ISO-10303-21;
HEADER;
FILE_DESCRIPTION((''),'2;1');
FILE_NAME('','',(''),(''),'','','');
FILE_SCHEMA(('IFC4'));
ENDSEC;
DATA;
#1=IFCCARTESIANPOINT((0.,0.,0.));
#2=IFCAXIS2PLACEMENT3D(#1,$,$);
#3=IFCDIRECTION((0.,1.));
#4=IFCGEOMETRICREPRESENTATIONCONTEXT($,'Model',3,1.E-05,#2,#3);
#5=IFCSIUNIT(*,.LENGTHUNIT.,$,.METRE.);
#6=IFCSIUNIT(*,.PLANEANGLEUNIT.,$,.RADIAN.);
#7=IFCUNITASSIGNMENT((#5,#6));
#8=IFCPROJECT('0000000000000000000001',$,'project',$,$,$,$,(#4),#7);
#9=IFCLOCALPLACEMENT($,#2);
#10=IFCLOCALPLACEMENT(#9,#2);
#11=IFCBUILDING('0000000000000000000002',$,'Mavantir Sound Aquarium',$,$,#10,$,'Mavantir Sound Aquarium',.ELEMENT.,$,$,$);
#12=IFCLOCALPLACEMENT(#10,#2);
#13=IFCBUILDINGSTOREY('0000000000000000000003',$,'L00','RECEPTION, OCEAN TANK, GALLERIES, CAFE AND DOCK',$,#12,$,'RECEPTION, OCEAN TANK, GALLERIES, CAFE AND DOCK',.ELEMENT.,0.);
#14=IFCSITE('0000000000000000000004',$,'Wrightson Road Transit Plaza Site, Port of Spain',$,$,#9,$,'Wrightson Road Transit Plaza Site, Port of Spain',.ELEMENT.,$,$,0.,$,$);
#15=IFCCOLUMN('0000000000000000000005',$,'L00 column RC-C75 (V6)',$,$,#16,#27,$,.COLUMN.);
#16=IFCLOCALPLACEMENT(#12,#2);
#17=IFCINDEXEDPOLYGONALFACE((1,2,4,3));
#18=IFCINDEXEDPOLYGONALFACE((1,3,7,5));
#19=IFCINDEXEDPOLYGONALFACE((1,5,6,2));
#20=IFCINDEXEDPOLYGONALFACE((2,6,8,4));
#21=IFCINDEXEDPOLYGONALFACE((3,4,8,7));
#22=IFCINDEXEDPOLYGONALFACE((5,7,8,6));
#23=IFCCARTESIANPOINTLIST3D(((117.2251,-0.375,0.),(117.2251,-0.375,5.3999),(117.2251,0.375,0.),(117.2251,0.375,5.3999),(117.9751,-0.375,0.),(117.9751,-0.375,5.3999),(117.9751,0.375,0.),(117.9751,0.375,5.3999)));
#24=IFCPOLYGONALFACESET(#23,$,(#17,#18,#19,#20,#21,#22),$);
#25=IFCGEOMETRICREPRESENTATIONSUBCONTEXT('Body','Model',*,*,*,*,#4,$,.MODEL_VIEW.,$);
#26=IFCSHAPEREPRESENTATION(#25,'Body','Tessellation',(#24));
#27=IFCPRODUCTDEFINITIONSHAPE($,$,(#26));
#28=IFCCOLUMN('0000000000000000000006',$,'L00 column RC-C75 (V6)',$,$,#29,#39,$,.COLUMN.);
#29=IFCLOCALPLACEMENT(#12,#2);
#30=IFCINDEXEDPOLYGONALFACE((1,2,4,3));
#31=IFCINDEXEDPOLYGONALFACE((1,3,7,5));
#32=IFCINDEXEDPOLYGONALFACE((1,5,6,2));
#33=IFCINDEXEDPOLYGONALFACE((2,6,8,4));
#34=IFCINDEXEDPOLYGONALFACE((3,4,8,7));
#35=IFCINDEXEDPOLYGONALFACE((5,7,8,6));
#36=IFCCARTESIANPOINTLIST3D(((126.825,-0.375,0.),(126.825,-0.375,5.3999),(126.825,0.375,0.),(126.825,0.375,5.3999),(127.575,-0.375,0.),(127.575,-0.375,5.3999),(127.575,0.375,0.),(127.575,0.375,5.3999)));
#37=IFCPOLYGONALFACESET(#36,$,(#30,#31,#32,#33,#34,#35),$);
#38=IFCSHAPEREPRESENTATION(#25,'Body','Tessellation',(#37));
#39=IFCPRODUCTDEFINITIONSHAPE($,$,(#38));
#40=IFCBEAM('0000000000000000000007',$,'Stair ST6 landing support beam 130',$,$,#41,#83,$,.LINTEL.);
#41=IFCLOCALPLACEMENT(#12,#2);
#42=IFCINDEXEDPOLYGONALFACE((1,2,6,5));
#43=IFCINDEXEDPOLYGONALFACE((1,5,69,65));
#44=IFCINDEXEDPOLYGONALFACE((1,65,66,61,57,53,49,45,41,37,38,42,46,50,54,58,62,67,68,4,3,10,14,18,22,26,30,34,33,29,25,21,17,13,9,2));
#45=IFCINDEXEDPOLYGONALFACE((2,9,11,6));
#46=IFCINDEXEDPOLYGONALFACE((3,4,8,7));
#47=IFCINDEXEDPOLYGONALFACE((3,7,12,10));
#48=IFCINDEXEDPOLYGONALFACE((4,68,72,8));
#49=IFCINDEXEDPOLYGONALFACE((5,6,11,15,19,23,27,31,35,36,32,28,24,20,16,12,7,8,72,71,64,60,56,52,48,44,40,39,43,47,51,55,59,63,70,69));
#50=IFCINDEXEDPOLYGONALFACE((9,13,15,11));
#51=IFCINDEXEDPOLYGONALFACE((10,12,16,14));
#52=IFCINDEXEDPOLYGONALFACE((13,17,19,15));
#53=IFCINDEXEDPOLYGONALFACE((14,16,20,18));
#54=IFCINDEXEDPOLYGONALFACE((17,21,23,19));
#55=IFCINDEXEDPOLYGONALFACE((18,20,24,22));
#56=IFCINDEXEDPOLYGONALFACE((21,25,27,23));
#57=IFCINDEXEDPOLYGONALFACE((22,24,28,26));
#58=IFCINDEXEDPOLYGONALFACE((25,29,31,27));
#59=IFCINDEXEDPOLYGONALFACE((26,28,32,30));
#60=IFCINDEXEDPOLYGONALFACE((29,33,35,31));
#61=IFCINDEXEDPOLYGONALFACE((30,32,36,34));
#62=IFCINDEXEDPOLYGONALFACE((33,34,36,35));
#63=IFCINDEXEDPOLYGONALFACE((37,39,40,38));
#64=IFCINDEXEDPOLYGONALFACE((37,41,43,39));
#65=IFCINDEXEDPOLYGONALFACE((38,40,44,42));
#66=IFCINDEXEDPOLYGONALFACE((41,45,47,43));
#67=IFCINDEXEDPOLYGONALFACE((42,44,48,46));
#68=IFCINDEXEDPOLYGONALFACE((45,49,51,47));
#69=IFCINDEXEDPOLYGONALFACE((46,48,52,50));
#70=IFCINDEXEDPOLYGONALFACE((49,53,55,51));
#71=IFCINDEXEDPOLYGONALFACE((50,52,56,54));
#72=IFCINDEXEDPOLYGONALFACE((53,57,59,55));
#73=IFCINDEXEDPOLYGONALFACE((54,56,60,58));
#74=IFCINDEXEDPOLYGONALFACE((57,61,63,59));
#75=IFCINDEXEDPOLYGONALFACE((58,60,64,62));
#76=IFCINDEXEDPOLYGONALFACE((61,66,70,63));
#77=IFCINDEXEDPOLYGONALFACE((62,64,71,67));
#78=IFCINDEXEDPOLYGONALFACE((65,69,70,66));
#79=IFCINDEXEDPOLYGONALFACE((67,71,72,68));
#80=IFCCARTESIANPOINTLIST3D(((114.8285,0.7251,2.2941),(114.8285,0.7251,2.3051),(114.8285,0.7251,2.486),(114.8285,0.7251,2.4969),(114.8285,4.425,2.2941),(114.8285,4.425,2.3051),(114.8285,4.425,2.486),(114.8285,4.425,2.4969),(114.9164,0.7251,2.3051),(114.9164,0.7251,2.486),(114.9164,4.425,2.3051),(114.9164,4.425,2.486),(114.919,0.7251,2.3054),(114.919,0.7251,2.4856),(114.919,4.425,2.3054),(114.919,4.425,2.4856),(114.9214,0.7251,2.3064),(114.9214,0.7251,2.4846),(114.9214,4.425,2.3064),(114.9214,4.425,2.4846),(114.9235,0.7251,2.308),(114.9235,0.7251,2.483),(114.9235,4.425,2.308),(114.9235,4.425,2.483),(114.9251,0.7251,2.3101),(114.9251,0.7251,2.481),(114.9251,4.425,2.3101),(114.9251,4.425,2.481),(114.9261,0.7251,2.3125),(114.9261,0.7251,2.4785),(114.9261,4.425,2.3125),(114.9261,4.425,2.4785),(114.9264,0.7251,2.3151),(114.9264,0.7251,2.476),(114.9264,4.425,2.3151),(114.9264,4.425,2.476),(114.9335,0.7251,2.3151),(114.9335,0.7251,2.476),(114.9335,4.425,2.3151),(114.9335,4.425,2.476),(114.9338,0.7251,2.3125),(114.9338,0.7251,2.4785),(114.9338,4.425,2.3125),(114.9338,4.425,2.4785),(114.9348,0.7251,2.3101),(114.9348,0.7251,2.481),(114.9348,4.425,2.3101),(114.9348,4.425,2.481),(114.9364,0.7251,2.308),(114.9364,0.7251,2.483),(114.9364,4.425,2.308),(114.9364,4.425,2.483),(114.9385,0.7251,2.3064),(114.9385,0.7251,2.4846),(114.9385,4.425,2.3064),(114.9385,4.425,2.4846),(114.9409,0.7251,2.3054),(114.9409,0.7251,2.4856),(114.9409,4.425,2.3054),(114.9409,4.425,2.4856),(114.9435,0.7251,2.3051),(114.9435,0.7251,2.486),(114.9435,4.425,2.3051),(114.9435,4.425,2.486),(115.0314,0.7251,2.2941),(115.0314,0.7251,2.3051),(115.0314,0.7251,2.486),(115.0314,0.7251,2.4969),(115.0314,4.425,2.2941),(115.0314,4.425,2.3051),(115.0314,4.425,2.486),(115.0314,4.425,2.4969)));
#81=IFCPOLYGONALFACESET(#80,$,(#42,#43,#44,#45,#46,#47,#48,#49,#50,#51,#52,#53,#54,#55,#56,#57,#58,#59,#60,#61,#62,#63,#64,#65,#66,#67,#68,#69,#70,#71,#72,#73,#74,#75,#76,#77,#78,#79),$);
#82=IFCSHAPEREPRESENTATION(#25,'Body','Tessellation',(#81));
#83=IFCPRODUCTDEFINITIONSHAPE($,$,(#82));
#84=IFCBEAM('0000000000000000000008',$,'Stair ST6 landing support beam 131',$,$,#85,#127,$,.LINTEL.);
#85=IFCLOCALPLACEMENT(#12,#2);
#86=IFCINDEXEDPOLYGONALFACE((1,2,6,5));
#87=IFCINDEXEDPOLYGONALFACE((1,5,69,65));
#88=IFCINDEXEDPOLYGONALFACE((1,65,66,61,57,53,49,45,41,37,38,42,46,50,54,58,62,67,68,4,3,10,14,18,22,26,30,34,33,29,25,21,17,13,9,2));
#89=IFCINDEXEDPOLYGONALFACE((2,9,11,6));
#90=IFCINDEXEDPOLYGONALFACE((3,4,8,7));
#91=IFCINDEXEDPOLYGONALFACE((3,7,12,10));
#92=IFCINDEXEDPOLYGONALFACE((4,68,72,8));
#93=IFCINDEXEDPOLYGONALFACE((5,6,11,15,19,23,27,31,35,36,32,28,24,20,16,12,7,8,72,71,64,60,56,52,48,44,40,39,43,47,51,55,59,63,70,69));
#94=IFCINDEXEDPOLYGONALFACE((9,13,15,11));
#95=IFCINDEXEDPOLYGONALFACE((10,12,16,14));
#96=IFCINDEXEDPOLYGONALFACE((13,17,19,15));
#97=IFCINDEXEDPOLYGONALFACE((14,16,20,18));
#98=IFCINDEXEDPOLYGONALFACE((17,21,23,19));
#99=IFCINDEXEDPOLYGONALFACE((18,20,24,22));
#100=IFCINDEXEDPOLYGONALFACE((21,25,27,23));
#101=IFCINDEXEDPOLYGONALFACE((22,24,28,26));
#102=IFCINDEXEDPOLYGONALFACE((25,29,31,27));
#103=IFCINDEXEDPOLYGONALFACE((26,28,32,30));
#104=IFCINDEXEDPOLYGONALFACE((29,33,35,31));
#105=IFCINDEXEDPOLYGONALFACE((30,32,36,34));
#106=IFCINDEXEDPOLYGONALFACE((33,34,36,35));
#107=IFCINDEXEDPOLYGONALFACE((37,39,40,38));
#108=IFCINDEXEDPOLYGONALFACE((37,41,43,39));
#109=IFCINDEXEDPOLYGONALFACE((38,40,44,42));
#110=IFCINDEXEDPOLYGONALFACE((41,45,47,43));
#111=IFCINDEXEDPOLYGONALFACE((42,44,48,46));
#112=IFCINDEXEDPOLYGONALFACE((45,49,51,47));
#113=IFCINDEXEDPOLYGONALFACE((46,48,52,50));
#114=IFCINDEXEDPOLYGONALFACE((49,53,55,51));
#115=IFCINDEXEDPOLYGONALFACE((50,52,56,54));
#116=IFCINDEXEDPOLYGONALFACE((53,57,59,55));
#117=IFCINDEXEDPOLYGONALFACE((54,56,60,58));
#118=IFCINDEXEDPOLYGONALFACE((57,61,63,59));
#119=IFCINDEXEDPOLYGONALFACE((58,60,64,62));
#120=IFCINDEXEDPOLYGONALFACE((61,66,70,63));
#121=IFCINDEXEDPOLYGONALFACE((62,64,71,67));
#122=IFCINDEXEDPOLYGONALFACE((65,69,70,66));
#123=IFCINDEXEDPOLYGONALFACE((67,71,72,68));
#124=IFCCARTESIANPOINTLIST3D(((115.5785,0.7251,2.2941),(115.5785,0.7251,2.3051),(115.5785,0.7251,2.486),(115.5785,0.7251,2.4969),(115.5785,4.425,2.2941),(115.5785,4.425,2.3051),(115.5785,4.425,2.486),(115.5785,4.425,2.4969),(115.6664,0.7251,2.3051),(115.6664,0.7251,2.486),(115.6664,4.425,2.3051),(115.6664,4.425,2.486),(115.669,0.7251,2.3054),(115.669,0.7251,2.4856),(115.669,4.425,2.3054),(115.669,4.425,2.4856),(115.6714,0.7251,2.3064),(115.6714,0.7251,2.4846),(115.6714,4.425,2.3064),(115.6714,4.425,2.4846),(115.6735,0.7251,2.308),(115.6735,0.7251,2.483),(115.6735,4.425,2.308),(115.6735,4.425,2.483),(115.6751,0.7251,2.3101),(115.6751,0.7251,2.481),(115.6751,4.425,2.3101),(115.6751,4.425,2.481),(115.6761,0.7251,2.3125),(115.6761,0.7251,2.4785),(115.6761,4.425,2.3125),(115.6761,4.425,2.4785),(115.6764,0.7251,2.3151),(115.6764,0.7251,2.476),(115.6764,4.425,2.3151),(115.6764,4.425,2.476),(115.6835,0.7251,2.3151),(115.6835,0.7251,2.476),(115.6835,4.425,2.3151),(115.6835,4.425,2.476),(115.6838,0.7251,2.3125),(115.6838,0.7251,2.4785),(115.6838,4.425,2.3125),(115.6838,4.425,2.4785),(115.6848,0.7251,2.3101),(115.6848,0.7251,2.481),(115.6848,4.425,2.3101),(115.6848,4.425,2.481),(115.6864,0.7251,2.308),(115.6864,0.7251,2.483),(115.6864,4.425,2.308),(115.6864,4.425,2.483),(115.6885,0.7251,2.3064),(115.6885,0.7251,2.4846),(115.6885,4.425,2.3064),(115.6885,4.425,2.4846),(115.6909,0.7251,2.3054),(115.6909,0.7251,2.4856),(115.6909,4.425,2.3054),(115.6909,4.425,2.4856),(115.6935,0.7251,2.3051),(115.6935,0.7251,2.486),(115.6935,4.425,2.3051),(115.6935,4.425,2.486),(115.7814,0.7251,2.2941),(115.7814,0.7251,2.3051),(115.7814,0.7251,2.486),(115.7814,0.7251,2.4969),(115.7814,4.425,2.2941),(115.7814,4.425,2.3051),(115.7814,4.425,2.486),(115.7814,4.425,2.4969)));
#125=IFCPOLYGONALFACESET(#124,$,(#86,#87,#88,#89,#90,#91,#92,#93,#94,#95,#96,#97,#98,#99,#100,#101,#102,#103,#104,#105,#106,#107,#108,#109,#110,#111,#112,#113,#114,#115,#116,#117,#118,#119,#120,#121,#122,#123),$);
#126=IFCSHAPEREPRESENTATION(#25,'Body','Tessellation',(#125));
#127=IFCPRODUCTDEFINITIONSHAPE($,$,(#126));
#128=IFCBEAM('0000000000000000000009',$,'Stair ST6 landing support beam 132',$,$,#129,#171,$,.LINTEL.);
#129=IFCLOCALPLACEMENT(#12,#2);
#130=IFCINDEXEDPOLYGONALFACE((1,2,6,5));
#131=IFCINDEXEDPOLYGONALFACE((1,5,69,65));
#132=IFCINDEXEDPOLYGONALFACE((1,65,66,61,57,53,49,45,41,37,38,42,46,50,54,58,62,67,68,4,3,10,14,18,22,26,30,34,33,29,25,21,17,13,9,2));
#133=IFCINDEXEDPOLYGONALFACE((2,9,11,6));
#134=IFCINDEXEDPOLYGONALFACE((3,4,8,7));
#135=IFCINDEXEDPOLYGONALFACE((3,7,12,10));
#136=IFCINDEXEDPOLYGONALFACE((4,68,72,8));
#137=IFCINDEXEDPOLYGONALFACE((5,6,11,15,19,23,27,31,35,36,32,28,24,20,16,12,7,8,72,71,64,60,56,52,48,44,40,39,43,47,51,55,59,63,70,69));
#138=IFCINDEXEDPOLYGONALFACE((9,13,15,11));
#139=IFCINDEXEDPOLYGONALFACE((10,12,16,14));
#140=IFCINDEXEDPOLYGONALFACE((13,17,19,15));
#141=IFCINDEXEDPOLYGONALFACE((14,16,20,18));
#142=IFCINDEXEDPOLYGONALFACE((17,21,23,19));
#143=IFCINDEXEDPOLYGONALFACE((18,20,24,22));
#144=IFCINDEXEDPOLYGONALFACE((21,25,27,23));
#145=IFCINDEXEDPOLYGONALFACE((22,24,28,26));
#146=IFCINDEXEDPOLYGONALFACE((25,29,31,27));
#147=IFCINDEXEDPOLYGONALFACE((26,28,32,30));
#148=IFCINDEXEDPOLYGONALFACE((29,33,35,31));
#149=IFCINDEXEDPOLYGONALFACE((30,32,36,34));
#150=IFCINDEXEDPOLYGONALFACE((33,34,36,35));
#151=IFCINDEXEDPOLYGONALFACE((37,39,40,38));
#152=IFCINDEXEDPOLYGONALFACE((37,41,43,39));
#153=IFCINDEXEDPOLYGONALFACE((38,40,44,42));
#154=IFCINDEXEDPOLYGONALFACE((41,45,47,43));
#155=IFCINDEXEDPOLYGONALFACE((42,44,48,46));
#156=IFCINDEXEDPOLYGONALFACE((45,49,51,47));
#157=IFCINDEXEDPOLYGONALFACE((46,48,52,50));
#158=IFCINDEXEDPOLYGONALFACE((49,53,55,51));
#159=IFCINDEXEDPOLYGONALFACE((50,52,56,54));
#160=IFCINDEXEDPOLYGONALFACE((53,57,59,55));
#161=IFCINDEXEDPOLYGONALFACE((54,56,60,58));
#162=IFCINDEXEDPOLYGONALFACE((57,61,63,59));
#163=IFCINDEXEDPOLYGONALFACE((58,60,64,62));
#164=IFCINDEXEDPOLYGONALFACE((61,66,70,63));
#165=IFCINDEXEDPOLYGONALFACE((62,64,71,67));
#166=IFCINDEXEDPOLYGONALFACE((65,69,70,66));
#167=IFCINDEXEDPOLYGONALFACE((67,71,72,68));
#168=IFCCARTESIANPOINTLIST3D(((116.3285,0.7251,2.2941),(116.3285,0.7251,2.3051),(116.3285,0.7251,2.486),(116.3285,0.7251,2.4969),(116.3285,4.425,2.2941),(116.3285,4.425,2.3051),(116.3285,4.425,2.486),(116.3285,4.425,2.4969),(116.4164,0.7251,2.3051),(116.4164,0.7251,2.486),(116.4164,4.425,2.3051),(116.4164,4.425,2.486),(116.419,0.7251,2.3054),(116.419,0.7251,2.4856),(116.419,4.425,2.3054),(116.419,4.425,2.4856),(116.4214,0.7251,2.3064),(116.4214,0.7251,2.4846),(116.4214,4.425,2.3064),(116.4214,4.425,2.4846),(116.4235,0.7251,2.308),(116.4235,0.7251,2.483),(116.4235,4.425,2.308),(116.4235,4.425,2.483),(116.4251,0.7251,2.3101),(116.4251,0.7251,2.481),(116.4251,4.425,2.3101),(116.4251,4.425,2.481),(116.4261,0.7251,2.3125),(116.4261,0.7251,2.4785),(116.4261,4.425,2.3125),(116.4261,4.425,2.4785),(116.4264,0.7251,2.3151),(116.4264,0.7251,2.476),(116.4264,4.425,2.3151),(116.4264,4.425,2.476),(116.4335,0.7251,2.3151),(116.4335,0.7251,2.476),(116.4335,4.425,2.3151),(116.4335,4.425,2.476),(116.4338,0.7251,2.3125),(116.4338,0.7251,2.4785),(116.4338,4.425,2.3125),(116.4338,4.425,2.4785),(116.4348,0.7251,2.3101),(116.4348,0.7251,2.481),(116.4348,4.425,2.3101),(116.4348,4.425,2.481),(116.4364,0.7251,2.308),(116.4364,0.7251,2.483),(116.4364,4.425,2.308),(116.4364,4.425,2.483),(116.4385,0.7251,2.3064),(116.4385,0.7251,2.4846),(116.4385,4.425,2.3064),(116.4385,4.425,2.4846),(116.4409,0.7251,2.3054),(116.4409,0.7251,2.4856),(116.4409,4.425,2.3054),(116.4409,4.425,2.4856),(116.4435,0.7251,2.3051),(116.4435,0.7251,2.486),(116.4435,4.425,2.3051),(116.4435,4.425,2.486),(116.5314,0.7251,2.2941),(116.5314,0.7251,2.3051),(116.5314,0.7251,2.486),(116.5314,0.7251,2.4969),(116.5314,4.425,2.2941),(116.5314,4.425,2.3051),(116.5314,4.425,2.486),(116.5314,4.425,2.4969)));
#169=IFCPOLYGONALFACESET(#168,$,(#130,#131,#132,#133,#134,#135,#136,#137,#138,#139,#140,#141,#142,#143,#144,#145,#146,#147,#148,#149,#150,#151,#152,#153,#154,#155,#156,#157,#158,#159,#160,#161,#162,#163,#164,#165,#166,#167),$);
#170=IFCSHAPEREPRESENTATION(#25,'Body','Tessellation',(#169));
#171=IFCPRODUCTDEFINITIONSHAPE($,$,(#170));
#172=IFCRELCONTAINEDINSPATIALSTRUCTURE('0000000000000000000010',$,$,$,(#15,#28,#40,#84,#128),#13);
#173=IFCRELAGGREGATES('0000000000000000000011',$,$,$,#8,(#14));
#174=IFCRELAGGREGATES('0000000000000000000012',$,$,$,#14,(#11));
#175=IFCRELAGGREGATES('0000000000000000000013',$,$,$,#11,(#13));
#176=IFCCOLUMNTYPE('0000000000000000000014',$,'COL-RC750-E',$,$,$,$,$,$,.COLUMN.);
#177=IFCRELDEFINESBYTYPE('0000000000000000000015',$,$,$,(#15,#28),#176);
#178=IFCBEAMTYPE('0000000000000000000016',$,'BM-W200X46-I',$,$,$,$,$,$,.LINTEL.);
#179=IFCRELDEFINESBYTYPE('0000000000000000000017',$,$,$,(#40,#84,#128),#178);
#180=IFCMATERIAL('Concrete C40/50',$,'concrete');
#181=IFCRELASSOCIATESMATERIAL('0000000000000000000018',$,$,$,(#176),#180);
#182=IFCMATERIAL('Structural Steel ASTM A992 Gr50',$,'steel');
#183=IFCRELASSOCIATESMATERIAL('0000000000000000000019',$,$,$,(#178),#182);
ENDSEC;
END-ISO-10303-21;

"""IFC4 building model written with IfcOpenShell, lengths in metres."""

from ifc_helpers import new_model, si_unit, direction, frame, origin, origin_2d, place, context, subcontext, project, spatial, rectangle, i_section, extrude, material, material_profile, profile_set, type_object, element, save


model = new_model("IFC4")

# Units and contexts
model_context = context("Model", 3, precision=1e-05, world=origin(), true_north=direction((0.0, 1.0)))
body_context = subcontext(model_context, "Body", "Model", "MODEL_VIEW")
ifc_project = project(units=[si_unit("LENGTHUNIT", "METRE"), si_unit("PLANEANGLEUNIT", "RADIAN")], contexts=[model_context])

# Site, building, storey
site_placement = place(None, origin())
site = spatial("IfcSite", under=ifc_project, at=site_placement, Name="Wrightson Road Transit Plaza Site, Port of Spain", LongName="Wrightson Road Transit Plaza Site, Port of Spain", CompositionType="ELEMENT", RefElevation=0.0)
building_placement = place(site_placement, origin())
building = spatial("IfcBuilding", under=site, at=building_placement, Name="Mavantir Sound Aquarium", LongName="Mavantir Sound Aquarium", CompositionType="ELEMENT")
storey_placement = place(building_placement, origin())
storey = spatial("IfcBuildingStorey", under=building, at=storey_placement, Name="L00", Description="RECEPTION, OCEAN TANK, GALLERIES, CAFE AND DOCK", LongName="RECEPTION, OCEAN TANK, GALLERIES, CAFE AND DOCK", CompositionType="ELEMENT", Elevation=0.0)

# Columns
ifc_material_1 = material(Name="Concrete C40/50", Category="concrete")
ifc_material_profile_1 = material_profile(ifc_material_1, rectangle(XDim=0.75, YDim=0.75, at=origin_2d()), Name="RC 750X750")
ifc_profile_set_1 = profile_set([ifc_material_profile_1], Name="Concrete C40/50")
column_type = type_object("IfcColumnType", Name="COL-RC750-E", PredefinedType="COLUMN", material=ifc_profile_set_1)
for number, where, z_axis, x_axis, name in (
    (1, (117.6001, 0.0, 0.0), (0.0, 0.0, 1.0), (1.0, 0.0, 0.0), "L00 column RC-C75 (V6)"),
    (2, (127.2, 0.0, 0.0), (0.0, 0.0, 1.0), (1.0, 0.0, 0.0), "L00 column RC-C75 (V6)"),
):
    element("IfcColumn", number, at=place(storey_placement, frame(where, z_axis=z_axis, x_axis=x_axis)), inside=storey, type_object=column_type, Name=name, PredefinedType="COLUMN", context=body_context, shape_type="SweptSolid", body=[
        extrude(rectangle(XDim=0.75, YDim=0.75, at=origin_2d()), origin(), (0.0, 0.0, 1.0), 5.3999),
    ])

# Beams
ifc_material_2 = material(Name="Structural Steel ASTM A992 Gr50", Category="steel")
ifc_material_profile_2 = material_profile(ifc_material_2, i_section(OverallWidth=0.2029, OverallDepth=0.2029, WebThickness=0.0071, FlangeThickness=0.011, FilletRadius=0.01, at=origin_2d()), Name="W200X46")
ifc_profile_set_2 = profile_set([ifc_material_profile_2], Name="Structural Steel ASTM A992 Gr50")
beam_type_1 = type_object("IfcBeamType", Name="BM-W200X46-I", PredefinedType="LINTEL", material=ifc_profile_set_2)
for number, where, z_axis, x_axis, name in (
    (3, (114.9299, 0.7251, 2.3955), (0.0, 1.0, 0.0), (-1.0, 0.0, 0.0), "Stair ST6 landing support beam 130"),
    (4, (115.6799, 0.7251, 2.3955), (0.0, 1.0, 0.0), (-1.0, 0.0, 0.0), "Stair ST6 landing support beam 131"),
    (5, (116.4299, 0.7251, 2.3955), (0.0, 1.0, 0.0), (-1.0, 0.0, 0.0), "Stair ST6 landing support beam 132"),
):
    element("IfcBeam", number, at=place(storey_placement, frame(where, z_axis=z_axis, x_axis=x_axis)), inside=storey, type_object=beam_type_1, Name=name, PredefinedType="LINTEL", context=body_context, shape_type="SweptSolid", body=[
        extrude(i_section(OverallWidth=0.2029, OverallDepth=0.2029, WebThickness=0.0071, FlangeThickness=0.011, FilletRadius=0.01, at=origin_2d()), origin(), (0.0, 0.0, 1.0), 3.7),
    ])

save(model, "model.ifc")
